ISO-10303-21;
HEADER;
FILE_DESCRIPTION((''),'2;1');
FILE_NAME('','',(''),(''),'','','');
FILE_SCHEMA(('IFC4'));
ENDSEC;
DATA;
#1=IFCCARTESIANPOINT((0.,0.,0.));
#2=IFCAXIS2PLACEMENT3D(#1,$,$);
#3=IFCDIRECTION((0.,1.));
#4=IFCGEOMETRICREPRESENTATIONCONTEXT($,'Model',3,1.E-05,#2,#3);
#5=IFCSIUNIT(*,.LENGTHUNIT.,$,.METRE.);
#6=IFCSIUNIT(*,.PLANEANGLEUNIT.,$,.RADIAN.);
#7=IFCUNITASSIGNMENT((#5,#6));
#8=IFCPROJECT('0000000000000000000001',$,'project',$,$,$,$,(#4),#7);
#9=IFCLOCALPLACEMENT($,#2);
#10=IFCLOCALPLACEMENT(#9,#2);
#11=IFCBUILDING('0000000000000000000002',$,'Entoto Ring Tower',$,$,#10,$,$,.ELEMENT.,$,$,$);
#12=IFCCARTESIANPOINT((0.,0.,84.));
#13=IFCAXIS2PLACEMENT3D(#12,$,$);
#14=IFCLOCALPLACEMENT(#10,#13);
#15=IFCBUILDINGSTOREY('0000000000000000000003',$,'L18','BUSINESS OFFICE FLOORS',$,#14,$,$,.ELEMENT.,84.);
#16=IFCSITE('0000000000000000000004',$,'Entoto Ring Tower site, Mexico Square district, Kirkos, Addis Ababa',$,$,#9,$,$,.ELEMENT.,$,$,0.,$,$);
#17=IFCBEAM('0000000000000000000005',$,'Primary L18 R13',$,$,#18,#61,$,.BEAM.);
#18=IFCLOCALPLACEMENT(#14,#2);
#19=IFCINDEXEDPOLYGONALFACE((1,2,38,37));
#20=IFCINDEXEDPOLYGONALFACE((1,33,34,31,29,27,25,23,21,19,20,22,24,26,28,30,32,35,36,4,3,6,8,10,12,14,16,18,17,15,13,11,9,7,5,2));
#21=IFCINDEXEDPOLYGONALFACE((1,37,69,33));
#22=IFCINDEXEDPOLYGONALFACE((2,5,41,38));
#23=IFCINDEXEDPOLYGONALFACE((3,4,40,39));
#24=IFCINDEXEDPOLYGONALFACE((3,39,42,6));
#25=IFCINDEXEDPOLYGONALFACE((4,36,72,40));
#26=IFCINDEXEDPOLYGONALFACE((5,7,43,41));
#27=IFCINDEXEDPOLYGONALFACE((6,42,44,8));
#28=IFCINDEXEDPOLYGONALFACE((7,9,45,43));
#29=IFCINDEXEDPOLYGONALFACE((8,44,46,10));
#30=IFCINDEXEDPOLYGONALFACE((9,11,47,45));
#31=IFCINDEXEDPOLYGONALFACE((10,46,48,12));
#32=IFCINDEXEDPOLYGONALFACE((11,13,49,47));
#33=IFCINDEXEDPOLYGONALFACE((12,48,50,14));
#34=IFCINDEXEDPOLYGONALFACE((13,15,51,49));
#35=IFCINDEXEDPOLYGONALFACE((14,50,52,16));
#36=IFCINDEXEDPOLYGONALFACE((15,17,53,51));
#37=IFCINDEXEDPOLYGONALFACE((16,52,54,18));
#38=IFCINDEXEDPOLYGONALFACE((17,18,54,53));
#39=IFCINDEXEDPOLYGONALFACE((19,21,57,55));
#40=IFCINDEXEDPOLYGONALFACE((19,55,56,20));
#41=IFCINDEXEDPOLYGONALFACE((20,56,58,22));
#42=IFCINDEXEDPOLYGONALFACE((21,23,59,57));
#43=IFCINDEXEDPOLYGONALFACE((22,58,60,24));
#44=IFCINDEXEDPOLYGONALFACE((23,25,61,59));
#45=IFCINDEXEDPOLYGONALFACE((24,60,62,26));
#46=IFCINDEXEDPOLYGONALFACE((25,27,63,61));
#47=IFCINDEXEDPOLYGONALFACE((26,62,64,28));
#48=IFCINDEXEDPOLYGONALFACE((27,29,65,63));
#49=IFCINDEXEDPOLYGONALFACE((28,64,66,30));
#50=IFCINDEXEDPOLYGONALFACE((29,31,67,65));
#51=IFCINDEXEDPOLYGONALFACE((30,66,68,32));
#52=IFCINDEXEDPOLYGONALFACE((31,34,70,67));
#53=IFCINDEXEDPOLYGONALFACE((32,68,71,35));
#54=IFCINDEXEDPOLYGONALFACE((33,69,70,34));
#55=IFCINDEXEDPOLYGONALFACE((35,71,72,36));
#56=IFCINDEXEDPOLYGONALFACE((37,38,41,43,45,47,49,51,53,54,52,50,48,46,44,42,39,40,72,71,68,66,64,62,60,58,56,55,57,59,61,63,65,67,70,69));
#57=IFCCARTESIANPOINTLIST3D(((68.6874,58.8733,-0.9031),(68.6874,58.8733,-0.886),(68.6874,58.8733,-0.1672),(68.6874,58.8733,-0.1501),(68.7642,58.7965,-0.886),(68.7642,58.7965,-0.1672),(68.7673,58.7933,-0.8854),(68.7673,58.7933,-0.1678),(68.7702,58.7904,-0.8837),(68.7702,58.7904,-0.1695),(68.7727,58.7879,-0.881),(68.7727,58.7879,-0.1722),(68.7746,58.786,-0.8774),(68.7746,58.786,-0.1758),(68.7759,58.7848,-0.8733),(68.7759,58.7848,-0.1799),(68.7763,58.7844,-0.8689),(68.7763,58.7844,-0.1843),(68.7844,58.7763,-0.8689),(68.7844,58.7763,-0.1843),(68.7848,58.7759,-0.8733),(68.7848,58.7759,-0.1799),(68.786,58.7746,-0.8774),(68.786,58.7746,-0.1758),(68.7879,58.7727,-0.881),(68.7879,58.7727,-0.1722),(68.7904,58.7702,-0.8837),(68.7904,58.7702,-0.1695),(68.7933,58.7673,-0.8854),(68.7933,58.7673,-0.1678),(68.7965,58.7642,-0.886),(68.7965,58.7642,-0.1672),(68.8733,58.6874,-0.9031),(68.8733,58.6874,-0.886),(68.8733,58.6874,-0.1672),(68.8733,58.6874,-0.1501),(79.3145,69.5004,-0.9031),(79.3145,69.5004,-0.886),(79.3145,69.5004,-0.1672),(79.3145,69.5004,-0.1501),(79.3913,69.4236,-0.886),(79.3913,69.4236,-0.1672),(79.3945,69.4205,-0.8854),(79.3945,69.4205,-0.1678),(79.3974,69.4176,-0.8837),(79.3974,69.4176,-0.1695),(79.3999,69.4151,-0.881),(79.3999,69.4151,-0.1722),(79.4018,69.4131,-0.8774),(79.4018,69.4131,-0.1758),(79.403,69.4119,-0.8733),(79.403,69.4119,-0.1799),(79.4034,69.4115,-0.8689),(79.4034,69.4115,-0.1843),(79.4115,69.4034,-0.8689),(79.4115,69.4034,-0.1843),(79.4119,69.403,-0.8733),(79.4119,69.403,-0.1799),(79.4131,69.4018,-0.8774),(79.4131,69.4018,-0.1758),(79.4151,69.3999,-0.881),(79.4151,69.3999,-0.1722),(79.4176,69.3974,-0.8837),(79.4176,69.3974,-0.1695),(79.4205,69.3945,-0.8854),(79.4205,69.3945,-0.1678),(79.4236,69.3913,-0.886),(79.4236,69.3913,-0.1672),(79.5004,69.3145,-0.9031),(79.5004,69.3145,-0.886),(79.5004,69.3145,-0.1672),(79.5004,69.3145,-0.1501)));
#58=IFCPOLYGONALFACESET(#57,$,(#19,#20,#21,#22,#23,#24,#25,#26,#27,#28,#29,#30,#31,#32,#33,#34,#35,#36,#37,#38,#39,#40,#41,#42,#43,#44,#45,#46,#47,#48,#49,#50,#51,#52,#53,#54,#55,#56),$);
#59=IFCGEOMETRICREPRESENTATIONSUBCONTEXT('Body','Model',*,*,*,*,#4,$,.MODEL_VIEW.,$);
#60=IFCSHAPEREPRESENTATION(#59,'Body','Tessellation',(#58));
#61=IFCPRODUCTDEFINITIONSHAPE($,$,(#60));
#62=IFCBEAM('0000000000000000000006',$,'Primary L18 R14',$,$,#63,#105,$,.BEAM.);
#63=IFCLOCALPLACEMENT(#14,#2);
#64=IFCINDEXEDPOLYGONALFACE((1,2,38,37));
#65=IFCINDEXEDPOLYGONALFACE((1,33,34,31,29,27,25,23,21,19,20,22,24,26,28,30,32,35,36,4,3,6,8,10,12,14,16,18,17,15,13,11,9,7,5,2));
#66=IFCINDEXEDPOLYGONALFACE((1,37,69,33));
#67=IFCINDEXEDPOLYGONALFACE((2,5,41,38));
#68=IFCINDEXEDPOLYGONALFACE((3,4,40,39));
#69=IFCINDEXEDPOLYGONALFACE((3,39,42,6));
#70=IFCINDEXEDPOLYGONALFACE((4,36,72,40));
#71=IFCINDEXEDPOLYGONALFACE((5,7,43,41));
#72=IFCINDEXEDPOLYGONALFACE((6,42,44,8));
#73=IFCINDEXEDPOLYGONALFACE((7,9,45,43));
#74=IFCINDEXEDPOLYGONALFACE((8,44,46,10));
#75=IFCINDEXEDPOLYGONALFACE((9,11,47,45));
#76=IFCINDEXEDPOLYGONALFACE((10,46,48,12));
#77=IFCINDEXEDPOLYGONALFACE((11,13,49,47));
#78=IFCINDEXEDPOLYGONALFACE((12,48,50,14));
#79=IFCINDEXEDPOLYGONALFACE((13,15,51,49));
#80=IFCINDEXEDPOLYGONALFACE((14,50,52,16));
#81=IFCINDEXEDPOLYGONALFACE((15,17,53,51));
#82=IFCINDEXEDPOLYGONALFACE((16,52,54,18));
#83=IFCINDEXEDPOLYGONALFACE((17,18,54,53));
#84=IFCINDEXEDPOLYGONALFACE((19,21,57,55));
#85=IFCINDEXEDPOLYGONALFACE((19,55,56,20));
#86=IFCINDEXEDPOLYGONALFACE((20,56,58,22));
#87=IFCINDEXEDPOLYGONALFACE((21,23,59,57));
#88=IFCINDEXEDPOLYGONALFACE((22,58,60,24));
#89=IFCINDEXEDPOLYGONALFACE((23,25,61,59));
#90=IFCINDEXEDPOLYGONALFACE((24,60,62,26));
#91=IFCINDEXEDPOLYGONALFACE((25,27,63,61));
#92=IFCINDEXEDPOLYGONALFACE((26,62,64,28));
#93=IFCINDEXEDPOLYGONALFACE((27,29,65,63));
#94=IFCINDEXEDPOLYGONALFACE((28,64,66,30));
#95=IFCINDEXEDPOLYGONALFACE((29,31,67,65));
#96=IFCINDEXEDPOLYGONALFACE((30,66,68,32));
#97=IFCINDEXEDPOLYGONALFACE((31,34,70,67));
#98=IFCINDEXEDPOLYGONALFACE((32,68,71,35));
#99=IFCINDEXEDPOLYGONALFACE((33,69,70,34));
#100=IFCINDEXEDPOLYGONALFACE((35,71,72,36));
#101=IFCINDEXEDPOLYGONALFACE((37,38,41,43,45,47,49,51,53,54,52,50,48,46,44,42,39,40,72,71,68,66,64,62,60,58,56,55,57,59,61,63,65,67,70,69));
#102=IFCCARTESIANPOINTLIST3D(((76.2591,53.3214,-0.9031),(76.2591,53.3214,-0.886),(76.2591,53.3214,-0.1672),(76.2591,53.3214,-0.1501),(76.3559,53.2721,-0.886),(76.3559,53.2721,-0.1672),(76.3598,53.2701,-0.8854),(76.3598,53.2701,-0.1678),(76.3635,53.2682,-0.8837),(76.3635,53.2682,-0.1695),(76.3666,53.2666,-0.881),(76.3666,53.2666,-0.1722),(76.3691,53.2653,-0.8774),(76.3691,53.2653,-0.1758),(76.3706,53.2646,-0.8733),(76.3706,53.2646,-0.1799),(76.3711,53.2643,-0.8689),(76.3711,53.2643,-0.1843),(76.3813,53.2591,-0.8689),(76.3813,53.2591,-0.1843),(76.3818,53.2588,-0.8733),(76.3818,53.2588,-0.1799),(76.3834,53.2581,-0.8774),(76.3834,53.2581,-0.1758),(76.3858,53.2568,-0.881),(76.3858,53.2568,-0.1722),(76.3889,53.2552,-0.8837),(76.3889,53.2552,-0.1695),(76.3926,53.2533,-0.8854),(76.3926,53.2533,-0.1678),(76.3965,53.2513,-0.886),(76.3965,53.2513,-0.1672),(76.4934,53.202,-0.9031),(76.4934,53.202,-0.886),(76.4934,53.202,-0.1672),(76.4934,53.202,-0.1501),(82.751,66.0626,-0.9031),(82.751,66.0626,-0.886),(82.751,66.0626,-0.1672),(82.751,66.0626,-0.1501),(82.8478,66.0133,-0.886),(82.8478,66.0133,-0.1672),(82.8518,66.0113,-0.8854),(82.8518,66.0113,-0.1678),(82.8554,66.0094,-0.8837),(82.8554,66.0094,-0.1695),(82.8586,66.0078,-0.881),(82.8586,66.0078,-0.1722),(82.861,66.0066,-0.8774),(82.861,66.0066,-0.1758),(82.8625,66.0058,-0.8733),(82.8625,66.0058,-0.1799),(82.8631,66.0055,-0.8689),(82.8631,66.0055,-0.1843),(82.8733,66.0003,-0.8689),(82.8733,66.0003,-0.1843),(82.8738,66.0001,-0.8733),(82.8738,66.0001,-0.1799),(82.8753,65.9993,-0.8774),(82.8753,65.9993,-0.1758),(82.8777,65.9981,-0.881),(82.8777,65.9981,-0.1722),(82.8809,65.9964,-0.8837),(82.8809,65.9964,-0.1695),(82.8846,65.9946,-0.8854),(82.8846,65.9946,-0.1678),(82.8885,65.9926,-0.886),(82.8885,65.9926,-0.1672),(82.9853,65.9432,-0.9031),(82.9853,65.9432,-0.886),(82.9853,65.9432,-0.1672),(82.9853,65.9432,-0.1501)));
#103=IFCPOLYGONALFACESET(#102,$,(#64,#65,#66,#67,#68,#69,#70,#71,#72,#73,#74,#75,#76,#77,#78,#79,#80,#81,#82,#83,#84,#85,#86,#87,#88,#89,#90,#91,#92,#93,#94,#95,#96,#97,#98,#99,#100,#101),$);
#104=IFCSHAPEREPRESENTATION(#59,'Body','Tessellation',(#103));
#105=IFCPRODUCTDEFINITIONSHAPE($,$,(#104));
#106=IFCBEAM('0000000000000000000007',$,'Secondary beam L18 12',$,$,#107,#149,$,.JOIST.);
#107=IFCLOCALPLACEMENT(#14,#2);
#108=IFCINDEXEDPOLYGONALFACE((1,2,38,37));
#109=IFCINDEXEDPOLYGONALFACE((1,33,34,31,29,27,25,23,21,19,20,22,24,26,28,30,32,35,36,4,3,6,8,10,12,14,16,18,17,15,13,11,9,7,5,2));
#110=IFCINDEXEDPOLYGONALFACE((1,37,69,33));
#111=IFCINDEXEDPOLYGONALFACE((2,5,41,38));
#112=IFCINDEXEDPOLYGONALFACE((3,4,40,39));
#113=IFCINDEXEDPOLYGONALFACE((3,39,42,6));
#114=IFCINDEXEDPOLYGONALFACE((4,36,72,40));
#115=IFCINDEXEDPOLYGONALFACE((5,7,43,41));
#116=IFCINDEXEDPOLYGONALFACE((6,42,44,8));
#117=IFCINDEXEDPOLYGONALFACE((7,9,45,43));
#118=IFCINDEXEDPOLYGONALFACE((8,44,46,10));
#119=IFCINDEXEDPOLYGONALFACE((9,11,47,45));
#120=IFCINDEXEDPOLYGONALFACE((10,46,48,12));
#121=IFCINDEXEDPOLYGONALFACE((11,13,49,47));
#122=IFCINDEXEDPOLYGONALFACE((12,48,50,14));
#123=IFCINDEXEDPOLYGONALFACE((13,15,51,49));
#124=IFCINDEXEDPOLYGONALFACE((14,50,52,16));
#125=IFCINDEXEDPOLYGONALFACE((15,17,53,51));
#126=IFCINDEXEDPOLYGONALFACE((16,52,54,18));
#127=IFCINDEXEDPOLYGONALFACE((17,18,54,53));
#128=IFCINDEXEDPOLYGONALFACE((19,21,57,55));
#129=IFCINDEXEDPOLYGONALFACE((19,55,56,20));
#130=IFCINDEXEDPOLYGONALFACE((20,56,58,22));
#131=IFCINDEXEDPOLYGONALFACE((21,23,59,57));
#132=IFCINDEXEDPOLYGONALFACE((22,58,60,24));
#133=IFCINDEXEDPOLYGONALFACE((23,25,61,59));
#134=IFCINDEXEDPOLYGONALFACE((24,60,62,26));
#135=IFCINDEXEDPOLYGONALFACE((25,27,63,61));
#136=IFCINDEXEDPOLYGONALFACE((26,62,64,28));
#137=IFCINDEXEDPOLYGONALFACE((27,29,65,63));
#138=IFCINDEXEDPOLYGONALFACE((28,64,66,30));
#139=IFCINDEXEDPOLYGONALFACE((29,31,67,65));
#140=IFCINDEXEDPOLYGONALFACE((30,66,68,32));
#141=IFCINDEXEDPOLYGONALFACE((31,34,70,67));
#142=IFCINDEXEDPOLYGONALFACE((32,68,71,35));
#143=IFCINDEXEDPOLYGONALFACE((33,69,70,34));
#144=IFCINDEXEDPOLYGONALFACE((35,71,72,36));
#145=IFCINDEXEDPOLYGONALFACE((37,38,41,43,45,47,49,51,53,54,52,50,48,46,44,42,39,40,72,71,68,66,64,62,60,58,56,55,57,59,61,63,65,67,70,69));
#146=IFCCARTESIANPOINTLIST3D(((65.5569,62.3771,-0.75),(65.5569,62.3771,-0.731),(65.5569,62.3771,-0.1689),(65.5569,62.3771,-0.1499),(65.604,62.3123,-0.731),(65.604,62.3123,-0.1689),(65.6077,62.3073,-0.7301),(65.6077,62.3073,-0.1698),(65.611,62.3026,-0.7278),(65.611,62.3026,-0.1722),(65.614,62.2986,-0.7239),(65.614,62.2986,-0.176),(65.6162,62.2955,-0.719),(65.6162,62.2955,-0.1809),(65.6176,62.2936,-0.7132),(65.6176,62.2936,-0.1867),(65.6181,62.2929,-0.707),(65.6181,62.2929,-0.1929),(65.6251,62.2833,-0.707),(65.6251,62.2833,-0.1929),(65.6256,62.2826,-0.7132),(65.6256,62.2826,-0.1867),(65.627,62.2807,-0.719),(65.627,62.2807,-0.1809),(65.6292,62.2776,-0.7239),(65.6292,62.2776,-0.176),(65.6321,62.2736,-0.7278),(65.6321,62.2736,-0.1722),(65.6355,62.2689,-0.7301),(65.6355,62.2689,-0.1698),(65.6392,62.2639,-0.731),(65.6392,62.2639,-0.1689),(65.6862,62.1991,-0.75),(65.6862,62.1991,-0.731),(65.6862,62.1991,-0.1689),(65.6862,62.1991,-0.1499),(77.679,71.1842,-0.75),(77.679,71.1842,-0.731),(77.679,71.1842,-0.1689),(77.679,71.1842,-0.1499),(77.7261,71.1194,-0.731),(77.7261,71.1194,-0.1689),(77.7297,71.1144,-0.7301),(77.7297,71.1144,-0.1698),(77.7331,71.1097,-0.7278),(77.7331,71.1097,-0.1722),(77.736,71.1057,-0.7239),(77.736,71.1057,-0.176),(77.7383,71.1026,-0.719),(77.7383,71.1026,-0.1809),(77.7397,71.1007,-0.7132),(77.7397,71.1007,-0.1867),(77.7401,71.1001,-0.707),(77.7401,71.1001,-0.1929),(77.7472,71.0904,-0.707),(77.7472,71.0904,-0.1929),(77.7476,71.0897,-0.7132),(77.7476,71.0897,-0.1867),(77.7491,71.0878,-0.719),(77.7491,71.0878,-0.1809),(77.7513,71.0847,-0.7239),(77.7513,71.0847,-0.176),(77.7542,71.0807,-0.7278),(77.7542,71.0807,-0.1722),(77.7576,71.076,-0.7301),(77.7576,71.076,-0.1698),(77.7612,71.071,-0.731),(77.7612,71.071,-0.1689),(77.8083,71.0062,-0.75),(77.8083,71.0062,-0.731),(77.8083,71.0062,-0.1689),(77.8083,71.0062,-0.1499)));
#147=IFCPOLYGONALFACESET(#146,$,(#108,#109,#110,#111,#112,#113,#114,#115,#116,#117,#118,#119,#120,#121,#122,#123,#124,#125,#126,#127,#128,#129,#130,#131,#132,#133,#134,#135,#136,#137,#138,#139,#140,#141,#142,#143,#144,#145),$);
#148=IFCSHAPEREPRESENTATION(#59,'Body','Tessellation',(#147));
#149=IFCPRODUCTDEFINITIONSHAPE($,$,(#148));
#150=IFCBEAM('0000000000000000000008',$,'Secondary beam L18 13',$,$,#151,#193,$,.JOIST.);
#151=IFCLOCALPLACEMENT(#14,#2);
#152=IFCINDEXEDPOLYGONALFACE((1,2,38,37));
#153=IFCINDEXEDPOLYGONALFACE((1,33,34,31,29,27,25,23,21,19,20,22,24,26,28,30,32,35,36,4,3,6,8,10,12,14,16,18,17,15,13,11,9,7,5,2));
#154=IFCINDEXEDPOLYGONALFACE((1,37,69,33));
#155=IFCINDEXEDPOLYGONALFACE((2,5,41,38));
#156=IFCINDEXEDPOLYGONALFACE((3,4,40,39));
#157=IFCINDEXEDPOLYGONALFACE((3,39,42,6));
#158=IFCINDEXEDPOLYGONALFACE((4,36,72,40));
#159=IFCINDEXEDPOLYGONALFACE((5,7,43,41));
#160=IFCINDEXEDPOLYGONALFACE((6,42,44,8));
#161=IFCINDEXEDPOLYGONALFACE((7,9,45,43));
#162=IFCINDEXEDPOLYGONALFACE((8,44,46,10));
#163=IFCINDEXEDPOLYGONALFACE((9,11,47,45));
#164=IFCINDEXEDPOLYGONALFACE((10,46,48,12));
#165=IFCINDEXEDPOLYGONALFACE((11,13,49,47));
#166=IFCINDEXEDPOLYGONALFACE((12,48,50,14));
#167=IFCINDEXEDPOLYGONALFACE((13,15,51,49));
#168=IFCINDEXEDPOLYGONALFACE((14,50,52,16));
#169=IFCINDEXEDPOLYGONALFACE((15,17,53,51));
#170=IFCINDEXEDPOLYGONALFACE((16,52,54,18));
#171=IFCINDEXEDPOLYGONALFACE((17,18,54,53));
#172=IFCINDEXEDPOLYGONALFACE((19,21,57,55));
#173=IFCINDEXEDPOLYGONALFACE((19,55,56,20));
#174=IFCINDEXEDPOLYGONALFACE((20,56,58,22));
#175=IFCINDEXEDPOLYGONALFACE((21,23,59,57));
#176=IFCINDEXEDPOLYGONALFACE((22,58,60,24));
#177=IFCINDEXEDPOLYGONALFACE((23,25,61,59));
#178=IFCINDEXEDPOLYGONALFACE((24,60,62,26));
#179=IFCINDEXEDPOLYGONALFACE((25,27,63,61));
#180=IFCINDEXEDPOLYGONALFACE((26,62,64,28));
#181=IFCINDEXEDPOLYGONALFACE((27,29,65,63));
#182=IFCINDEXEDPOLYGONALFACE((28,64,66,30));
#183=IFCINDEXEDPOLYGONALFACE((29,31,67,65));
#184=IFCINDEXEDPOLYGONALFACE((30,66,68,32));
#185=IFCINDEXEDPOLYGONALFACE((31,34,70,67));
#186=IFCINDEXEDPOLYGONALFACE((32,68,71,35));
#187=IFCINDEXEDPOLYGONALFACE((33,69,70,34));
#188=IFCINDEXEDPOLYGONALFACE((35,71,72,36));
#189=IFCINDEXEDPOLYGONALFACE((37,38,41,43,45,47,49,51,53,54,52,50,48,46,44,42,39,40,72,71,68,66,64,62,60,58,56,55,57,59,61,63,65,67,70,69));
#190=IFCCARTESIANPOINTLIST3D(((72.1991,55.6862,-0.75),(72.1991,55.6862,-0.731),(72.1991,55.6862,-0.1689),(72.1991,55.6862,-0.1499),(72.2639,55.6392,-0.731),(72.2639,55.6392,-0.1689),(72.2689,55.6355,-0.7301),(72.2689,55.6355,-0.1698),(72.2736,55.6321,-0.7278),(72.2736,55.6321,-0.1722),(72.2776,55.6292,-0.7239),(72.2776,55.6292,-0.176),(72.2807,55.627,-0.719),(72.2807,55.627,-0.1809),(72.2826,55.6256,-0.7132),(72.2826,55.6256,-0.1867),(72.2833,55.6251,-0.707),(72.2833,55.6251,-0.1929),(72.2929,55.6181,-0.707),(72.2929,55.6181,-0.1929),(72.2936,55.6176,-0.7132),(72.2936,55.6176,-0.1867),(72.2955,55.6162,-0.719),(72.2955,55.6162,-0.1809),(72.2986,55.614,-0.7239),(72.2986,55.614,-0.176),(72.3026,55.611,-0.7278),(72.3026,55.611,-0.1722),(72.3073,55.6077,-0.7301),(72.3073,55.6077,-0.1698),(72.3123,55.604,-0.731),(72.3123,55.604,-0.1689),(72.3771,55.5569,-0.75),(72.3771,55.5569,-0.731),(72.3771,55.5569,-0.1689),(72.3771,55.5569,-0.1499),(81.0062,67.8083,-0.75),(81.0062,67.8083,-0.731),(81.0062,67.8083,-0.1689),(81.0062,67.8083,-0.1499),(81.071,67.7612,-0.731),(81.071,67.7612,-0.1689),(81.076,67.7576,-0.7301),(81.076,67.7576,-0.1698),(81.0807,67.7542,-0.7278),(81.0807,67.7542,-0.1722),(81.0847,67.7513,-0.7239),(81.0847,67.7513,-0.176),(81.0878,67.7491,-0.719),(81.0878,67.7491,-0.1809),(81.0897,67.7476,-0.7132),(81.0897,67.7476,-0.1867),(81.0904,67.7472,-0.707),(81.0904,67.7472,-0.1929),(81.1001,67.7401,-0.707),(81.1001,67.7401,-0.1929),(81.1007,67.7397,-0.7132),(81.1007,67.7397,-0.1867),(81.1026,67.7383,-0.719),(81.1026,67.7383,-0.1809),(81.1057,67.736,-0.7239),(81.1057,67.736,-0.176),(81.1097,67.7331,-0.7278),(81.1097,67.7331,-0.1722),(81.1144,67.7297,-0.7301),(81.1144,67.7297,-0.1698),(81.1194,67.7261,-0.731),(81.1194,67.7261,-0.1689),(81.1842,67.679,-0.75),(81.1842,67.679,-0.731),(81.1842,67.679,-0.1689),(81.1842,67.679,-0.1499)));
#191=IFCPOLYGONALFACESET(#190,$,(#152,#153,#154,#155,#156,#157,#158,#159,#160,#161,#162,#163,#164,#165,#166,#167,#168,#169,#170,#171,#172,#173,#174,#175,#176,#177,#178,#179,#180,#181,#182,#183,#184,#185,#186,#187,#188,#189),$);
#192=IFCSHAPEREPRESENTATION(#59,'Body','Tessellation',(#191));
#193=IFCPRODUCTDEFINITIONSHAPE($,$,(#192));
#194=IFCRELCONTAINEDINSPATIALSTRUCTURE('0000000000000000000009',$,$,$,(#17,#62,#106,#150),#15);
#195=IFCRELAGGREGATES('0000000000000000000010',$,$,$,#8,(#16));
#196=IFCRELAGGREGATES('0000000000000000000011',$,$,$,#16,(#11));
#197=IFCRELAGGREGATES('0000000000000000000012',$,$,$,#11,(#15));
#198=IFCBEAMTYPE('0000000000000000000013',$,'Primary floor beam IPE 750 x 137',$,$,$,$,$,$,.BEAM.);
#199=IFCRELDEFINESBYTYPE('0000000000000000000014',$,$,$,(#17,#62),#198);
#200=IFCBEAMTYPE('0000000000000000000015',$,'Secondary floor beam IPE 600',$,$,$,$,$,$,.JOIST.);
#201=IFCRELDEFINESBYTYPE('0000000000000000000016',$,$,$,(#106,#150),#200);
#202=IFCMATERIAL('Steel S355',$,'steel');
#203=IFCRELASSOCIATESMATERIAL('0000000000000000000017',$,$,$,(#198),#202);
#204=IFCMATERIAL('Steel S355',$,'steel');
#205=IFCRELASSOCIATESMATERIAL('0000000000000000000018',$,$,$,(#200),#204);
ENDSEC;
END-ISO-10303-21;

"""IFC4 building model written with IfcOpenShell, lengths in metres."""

from ifc_helpers import new_model, si_unit, direction, frame, origin, origin_2d, place, context, subcontext, project, spatial, i_section, extrude, material, material_profile, profile_set, type_object, element, save


model = new_model("IFC4")

# Units and contexts
model_context = context("Model", 3, precision=1e-05, world=origin(), true_north=direction((0.0, 1.0)))
body_context = subcontext(model_context, "Body", "Model", "MODEL_VIEW")
ifc_project = project(units=[si_unit("LENGTHUNIT", "METRE"), si_unit("PLANEANGLEUNIT", "RADIAN")], contexts=[model_context])

# Site, building, storey
site_placement = place(None, origin())
site = spatial("IfcSite", under=ifc_project, at=site_placement, Name="Entoto Ring Tower site, Mexico Square district, Kirkos, Addis Ababa", CompositionType="ELEMENT", RefElevation=0.0)
building_placement = place(site_placement, origin())
building = spatial("IfcBuilding", under=site, at=building_placement, Name="Entoto Ring Tower", CompositionType="ELEMENT")
storey_placement = place(building_placement, frame((0.0, 0.0, 84.0)))
storey = spatial("IfcBuildingStorey", under=building, at=storey_placement, Name="L18", Description="BUSINESS OFFICE FLOORS", CompositionType="ELEMENT", Elevation=84.0)

# Beams
ifc_material_1 = material(Name="Steel S355", Category="steel")
ifc_material_profile_1 = material_profile(ifc_material_1, i_section(OverallWidth=0.2629, OverallDepth=0.7529, WebThickness=0.0115, FlangeThickness=0.0171, FilletRadius=0.0171, at=origin_2d()), Name="IPE 750 x 137")
ifc_profile_set_1 = profile_set([ifc_material_profile_1], Name="Steel S355")
beam_type_1 = type_object("IfcBeamType", Name="Primary floor beam IPE 750 x 137", PredefinedType="BEAM", material=ifc_profile_set_1)
beam_1_placement = place(storey_placement, frame((79.4075, 69.4075, -0.5266), z_axis=(-0.707107, -0.707107, 0.0), x_axis=(0.707107, -0.707107, 0.0)))
element("IfcBeam", 1, at=beam_1_placement, inside=storey, type_object=beam_type_1, Name="Primary L18 R13", PredefinedType="BEAM", context=body_context, shape_type="SweptSolid", body=[
    extrude(i_section(OverallWidth=0.2629, OverallDepth=0.7529, WebThickness=0.0115, FlangeThickness=0.0171, FilletRadius=0.0171, at=origin_2d()), origin(), (0.0, 0.0, 1.0), 15.0291),
])
beam_2_placement = place(storey_placement, frame((82.8682, 66.0029, -0.5266), z_axis=(-0.453989, -0.891007, 0.0), x_axis=(0.891007, -0.453989, 0.0)))
element("IfcBeam", 2, at=beam_2_placement, inside=storey, type_object=beam_type_1, Name="Primary L18 R14", PredefinedType="BEAM", context=body_context, shape_type="SweptSolid", body=[
    extrude(i_section(OverallWidth=0.2629, OverallDepth=0.7529, WebThickness=0.0115, FlangeThickness=0.0171, FilletRadius=0.0171, at=origin_2d()), origin(), (0.0, 0.0, 1.0), 14.2998),
])
ifc_material_2 = material(Name="Steel S355", Category="steel")
ifc_material_profile_2 = material_profile(ifc_material_2, i_section(OverallWidth=0.22, OverallDepth=0.6001, WebThickness=0.012, FlangeThickness=0.019, FilletRadius=0.0239, at=origin_2d()), Name="IPE 600")
ifc_profile_set_2 = profile_set([ifc_material_profile_2], Name="Steel S355")
beam_type_2 = type_object("IfcBeamType", Name="Secondary floor beam IPE 600", PredefinedType="JOIST", material=ifc_profile_set_2)
for number, where, z_axis, x_axis, name in (
    (3, (77.7437, 71.0952, -0.45), (-0.809019, -0.587782, 0.0), (0.587782, -0.809019, 0.0), "Secondary beam L18 12"),
    (4, (81.0952, 67.7437, -0.45), (-0.587782, -0.809019, 0.0), (0.809019, -0.587782, 0.0), "Secondary beam L18 13"),
):
    element("IfcBeam", number, at=place(storey_placement, frame(where, z_axis=z_axis, x_axis=x_axis)), inside=storey, type_object=beam_type_2, Name=name, PredefinedType="JOIST", context=body_context, shape_type="SweptSolid", body=[
        extrude(i_section(OverallWidth=0.22, OverallDepth=0.6001, WebThickness=0.012, FlangeThickness=0.019, FilletRadius=0.0239, at=origin_2d()), origin(), (0.0, 0.0, 1.0), 14.9836),
    ])

save(model, "model.ifc")
